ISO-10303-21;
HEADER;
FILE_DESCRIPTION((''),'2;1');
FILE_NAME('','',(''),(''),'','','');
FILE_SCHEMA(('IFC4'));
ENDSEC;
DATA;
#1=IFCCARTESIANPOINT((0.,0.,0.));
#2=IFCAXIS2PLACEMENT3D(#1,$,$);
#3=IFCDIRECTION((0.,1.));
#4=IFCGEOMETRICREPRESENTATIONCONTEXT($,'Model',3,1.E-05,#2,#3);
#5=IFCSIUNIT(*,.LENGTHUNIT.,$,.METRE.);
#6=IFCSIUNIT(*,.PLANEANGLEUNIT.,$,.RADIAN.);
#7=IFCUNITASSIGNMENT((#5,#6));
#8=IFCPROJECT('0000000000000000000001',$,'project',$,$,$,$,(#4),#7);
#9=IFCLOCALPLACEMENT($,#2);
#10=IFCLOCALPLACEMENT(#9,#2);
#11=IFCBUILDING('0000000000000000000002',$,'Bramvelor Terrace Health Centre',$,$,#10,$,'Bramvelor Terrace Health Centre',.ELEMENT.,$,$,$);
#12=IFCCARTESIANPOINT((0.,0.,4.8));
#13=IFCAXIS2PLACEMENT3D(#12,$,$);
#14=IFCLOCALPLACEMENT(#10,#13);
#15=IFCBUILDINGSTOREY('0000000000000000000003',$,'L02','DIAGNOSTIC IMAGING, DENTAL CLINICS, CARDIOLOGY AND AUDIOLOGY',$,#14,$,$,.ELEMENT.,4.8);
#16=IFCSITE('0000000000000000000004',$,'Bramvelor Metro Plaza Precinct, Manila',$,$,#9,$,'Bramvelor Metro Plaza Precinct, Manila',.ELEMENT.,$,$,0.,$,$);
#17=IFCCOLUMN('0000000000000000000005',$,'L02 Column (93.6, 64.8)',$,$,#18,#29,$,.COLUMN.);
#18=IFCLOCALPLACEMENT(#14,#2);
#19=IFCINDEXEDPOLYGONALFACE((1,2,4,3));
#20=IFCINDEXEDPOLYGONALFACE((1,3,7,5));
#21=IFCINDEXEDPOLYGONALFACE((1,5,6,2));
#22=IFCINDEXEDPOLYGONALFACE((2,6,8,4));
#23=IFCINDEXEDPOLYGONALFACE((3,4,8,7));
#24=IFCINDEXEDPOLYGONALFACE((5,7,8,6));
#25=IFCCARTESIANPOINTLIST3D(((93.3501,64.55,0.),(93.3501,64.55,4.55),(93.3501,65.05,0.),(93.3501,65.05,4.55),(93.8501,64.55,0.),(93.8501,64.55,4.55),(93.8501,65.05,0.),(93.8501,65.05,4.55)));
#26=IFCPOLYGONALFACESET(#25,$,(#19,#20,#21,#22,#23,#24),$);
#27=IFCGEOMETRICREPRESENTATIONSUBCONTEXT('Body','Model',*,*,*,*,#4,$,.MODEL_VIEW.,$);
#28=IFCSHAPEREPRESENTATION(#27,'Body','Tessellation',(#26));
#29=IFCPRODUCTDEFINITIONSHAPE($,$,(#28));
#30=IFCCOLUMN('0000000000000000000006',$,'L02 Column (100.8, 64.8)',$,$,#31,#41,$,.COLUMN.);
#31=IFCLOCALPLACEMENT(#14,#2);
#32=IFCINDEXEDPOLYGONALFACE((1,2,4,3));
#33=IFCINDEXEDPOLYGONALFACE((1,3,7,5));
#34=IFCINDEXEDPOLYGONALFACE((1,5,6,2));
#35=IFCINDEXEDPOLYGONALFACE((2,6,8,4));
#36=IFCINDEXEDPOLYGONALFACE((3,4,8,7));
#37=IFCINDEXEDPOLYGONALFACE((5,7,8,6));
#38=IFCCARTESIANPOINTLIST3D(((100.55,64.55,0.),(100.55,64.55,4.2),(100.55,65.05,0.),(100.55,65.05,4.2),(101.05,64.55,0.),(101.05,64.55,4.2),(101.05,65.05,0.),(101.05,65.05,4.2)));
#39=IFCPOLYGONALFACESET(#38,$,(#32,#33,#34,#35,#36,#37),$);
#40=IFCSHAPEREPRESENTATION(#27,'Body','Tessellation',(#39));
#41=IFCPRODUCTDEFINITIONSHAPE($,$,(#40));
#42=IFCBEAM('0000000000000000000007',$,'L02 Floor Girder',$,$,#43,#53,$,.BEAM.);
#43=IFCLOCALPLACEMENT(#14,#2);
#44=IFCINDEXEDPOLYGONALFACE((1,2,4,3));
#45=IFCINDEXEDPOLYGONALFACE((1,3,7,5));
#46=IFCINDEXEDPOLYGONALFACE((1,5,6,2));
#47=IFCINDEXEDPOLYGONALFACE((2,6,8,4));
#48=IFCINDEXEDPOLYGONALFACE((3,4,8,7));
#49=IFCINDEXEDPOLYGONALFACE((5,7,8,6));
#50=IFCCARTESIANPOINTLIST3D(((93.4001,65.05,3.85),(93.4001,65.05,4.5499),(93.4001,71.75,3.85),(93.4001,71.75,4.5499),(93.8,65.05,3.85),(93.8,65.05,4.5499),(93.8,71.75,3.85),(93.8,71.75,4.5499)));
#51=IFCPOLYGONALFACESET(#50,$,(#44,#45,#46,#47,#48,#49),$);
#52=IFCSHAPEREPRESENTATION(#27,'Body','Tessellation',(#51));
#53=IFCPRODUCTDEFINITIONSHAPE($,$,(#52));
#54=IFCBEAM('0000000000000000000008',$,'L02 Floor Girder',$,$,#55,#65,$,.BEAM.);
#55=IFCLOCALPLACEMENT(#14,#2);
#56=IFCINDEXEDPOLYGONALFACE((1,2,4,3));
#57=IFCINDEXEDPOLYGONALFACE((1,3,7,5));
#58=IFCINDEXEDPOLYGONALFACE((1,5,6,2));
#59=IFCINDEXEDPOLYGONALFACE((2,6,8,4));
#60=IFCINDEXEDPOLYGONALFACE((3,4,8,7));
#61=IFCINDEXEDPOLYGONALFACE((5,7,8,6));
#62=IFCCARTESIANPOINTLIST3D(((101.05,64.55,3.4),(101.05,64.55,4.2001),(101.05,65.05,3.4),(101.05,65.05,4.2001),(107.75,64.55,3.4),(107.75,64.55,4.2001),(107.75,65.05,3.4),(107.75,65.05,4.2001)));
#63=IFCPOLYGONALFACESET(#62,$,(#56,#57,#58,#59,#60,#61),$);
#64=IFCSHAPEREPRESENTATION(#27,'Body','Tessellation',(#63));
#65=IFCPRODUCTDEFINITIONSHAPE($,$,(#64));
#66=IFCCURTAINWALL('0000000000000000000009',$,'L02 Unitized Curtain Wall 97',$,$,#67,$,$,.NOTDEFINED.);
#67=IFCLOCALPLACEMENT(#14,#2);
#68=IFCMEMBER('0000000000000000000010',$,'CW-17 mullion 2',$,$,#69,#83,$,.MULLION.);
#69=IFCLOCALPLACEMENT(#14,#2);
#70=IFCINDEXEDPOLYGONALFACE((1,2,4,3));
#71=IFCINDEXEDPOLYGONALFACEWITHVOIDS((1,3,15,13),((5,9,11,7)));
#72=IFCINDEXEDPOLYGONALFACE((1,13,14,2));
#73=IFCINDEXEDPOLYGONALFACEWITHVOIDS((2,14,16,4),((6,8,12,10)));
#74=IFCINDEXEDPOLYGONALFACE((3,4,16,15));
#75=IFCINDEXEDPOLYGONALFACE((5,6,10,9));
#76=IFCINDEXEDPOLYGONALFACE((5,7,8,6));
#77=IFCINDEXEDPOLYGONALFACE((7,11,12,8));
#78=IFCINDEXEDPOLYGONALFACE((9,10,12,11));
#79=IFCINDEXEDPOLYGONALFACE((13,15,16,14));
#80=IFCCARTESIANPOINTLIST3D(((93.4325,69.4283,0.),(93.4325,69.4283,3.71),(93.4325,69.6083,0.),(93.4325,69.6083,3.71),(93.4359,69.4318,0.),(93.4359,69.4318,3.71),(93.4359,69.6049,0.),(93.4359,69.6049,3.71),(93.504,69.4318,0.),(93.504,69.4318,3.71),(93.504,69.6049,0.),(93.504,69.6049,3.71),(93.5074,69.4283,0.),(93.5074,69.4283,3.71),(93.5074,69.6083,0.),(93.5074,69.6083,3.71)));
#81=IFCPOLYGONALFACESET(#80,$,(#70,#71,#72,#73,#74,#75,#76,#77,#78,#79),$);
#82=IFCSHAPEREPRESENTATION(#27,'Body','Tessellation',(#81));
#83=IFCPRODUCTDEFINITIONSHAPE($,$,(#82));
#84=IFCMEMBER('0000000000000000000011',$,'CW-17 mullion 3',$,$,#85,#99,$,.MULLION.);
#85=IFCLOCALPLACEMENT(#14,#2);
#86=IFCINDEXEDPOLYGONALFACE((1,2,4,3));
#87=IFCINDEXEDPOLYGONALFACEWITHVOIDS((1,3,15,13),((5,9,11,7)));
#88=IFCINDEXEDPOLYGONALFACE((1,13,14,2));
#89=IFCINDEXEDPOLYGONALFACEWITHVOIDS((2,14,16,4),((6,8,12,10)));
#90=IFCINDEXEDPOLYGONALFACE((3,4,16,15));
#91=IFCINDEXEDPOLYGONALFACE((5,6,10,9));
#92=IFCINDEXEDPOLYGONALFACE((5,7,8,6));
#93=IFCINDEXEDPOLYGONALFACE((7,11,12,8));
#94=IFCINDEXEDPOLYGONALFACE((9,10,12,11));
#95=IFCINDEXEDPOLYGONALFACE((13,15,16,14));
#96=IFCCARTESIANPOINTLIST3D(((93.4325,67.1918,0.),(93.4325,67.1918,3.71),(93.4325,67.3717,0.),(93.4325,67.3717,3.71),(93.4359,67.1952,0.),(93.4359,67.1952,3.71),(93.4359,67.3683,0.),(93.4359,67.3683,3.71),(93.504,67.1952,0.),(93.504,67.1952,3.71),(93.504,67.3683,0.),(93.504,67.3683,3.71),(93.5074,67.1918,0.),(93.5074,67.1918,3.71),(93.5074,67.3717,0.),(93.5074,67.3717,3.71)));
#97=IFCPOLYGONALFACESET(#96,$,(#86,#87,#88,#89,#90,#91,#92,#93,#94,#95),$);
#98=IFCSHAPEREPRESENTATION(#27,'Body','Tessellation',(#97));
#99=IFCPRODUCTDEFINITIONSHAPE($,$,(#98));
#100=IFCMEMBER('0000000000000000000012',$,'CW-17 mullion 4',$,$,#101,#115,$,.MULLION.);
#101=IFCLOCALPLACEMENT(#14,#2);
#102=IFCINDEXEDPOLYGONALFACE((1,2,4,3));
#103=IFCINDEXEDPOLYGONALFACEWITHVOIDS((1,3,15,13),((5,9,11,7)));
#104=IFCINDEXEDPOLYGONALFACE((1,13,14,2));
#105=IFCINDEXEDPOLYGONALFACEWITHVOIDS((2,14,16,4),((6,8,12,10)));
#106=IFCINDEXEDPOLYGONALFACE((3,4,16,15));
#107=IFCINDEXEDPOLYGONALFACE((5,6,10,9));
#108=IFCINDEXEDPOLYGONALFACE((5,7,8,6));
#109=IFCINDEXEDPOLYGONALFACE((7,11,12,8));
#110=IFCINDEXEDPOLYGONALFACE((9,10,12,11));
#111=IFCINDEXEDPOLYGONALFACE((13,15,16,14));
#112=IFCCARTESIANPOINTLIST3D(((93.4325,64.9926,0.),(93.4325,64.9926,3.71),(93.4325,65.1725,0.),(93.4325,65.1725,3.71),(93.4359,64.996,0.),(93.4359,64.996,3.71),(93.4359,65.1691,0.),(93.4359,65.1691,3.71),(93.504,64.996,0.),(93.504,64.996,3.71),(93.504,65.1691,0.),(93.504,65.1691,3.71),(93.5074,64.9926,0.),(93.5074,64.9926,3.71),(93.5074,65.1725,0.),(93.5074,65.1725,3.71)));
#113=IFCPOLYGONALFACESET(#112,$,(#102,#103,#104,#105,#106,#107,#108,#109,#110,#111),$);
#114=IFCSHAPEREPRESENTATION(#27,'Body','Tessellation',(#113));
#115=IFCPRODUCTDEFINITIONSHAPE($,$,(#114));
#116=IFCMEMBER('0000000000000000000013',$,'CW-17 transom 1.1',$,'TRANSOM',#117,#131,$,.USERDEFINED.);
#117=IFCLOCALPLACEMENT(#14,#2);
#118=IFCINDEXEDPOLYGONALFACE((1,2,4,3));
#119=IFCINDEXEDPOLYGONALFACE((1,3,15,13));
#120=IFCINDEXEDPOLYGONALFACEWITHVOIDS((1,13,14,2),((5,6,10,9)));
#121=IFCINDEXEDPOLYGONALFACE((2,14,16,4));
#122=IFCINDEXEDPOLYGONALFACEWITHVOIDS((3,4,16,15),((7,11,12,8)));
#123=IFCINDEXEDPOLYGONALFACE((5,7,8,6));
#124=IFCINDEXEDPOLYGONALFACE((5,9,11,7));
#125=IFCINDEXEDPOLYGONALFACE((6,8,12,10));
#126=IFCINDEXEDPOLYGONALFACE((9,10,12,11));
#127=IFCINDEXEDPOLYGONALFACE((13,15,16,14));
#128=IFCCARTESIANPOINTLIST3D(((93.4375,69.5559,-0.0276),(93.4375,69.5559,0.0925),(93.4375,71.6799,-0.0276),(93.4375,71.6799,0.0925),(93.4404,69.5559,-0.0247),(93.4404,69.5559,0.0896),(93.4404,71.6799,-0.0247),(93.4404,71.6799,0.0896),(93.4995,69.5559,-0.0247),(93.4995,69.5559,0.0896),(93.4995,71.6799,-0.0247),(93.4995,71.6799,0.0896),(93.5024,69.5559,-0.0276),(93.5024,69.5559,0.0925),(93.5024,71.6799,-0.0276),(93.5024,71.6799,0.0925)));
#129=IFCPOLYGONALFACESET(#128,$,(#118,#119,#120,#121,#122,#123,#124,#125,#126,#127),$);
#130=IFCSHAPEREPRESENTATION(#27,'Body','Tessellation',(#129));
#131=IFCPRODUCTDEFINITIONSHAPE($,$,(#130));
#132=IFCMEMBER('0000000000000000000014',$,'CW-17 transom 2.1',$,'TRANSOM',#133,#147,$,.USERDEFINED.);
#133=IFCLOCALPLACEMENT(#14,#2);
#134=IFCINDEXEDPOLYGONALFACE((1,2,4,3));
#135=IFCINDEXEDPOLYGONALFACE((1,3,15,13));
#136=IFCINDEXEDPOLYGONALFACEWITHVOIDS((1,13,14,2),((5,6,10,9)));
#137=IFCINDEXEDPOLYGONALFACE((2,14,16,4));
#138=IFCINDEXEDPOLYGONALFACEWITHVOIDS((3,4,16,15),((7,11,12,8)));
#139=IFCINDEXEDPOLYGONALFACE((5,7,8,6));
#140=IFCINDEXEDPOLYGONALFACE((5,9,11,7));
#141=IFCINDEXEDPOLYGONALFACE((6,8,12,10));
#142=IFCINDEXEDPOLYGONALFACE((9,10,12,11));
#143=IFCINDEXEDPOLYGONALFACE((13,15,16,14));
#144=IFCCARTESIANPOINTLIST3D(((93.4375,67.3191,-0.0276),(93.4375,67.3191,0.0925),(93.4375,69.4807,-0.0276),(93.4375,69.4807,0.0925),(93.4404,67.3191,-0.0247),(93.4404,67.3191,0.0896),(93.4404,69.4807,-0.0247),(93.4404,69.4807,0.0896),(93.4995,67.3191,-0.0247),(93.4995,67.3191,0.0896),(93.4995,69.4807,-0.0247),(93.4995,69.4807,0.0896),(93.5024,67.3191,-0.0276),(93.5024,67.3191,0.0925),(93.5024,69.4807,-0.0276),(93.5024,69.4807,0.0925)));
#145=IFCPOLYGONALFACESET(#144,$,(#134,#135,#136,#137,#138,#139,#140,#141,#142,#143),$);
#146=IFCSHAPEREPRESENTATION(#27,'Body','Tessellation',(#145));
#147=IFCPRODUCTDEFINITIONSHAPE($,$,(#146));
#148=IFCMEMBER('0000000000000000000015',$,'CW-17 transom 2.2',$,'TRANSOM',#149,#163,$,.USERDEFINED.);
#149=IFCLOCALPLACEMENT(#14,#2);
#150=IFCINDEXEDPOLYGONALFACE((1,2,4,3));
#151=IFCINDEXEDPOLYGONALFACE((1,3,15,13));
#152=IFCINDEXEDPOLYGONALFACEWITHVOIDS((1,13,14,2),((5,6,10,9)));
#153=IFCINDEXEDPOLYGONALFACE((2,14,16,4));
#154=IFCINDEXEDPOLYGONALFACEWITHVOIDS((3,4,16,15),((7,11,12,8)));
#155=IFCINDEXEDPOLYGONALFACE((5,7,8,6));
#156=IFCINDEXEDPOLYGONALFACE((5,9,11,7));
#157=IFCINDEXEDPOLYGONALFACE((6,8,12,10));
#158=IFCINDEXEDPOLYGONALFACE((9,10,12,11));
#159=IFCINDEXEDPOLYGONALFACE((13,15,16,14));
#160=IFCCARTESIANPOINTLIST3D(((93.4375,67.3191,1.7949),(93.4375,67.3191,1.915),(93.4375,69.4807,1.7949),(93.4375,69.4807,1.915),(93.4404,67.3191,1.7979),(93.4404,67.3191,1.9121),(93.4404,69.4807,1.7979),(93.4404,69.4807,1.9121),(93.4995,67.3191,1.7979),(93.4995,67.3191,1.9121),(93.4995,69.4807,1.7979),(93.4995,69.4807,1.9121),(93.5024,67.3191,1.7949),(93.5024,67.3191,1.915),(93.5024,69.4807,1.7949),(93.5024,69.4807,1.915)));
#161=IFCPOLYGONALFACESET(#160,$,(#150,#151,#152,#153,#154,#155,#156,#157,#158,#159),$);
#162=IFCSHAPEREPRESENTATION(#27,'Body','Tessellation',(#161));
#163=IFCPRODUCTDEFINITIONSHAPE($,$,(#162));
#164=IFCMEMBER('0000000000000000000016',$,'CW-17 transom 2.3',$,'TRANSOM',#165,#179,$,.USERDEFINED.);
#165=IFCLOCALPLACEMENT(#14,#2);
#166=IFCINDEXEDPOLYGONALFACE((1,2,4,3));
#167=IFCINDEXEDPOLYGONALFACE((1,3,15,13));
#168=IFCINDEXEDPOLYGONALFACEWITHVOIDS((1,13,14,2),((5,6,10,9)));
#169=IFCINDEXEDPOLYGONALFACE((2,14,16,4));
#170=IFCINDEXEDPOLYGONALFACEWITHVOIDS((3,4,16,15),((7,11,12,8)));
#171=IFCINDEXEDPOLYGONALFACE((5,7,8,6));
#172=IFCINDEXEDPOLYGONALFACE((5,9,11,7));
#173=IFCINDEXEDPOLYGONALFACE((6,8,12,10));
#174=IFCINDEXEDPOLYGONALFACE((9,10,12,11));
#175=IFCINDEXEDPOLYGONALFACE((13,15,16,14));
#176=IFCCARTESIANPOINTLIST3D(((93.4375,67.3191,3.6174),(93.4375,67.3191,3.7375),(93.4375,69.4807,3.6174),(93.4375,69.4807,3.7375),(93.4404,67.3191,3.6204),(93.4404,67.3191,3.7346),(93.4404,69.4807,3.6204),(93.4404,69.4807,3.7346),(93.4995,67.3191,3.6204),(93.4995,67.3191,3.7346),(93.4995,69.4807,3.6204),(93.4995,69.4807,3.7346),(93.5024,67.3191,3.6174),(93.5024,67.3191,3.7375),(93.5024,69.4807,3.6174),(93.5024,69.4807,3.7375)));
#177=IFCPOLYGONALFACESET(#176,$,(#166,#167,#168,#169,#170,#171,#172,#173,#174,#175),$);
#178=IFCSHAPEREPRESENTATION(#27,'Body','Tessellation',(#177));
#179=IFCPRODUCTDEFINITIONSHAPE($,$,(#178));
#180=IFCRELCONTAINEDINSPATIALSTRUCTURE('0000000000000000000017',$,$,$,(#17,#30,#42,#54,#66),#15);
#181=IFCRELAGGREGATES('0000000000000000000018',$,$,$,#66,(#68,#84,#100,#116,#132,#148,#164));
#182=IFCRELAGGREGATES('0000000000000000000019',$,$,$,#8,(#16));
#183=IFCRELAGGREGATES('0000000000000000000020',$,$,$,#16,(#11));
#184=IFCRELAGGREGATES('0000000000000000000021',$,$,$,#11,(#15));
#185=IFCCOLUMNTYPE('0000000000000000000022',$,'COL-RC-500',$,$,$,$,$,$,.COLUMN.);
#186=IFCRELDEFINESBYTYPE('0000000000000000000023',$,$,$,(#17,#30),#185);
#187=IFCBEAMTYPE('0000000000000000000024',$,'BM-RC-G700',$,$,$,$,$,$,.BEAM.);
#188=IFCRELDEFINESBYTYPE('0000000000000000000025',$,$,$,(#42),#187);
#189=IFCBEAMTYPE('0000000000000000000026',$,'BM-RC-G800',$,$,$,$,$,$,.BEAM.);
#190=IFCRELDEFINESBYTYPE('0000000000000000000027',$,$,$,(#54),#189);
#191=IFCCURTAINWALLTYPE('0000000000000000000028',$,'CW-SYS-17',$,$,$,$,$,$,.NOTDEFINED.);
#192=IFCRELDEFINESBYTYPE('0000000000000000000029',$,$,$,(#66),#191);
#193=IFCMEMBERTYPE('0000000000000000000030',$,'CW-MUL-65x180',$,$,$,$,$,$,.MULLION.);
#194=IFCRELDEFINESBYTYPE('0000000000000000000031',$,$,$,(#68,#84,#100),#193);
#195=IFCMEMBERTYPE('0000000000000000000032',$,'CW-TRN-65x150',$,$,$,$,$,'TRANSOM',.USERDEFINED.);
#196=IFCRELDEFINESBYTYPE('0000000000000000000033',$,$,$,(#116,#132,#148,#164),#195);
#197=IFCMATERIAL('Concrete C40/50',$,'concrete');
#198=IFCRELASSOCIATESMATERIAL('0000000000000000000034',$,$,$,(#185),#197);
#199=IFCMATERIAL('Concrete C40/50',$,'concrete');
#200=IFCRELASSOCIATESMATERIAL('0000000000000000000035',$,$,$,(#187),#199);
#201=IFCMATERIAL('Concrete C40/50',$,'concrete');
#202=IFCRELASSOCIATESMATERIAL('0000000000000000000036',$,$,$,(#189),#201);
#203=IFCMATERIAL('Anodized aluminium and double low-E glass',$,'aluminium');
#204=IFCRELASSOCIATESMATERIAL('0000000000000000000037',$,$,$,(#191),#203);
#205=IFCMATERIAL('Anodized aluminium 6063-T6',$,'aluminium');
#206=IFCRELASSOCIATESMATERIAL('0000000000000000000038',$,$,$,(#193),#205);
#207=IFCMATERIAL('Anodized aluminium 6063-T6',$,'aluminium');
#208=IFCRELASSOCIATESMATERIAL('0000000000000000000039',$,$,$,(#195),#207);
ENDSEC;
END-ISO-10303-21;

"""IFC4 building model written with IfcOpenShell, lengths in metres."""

from ifc_helpers import new_model, si_unit, direction, frame, origin, origin_2d, place, context, subcontext, project, spatial, rectangle, hollow_rectangle, extrude, material, material_profile, profile_set, type_object, element, aggregate, save


model = new_model("IFC4")

# Units and contexts
model_context = context("Model", 3, precision=1e-05, world=origin(), true_north=direction((0.0, 1.0)))
body_context = subcontext(model_context, "Body", "Model", "MODEL_VIEW")
ifc_project = project(units=[si_unit("LENGTHUNIT", "METRE"), si_unit("PLANEANGLEUNIT", "RADIAN")], contexts=[model_context])

# Site, building, storey
site_placement = place(None, origin())
site = spatial("IfcSite", under=ifc_project, at=site_placement, Name="Bramvelor Metro Plaza Precinct, Manila", LongName="Bramvelor Metro Plaza Precinct, Manila", CompositionType="ELEMENT", RefElevation=0.0)
building_placement = place(site_placement, origin())
building = spatial("IfcBuilding", under=site, at=building_placement, Name="Bramvelor Terrace Health Centre", LongName="Bramvelor Terrace Health Centre", CompositionType="ELEMENT")
storey_placement = place(building_placement, frame((0.0, 0.0, 4.8)))
storey = spatial("IfcBuildingStorey", under=building, at=storey_placement, Name="L02", Description="DIAGNOSTIC IMAGING, DENTAL CLINICS, CARDIOLOGY AND AUDIOLOGY", CompositionType="ELEMENT", Elevation=4.8)

# Columns
ifc_material_1 = material(Name="Concrete C40/50", Category="concrete")
ifc_material_profile_1 = material_profile(ifc_material_1, rectangle(XDim=0.5, YDim=0.5, at=origin_2d()), Name="RC 500x500")
ifc_profile_set_1 = profile_set([ifc_material_profile_1], Name="Concrete C40/50")
column_type = type_object("IfcColumnType", Name="COL-RC-500", PredefinedType="COLUMN", material=ifc_profile_set_1)
column_1_placement = place(storey_placement, frame((93.6001, 64.8, 0.0), z_axis=(0.0, 0.0, 1.0), x_axis=(1.0, 0.0, 0.0)))
element("IfcColumn", 1, at=column_1_placement, inside=storey, type_object=column_type, Name="L02 Column (93.6, 64.8)", PredefinedType="COLUMN", context=body_context, shape_type="SweptSolid", body=[
    extrude(rectangle(XDim=0.5, YDim=0.5, at=origin_2d()), origin(), (0.0, 0.0, 1.0), 4.55),
])
column_2_placement = place(storey_placement, frame((100.8, 64.8, 0.0), z_axis=(0.0, 0.0, 1.0), x_axis=(1.0, 0.0, 0.0)))
element("IfcColumn", 2, at=column_2_placement, inside=storey, type_object=column_type, Name="L02 Column (100.8, 64.8)", PredefinedType="COLUMN", context=body_context, shape_type="SweptSolid", body=[
    extrude(rectangle(XDim=0.5, YDim=0.5, at=origin_2d()), origin(), (0.0, 0.0, 1.0), 4.2),
])

# Beams
ifc_material_2 = material(Name="Concrete C40/50", Category="concrete")
ifc_material_profile_2 = material_profile(ifc_material_2, rectangle(XDim=0.3999, YDim=0.7, at=origin_2d()), Name="RC 400x700")
ifc_profile_set_2 = profile_set([ifc_material_profile_2], Name="Concrete C40/50")
beam_type_1 = type_object("IfcBeamType", Name="BM-RC-G700", PredefinedType="BEAM", material=ifc_profile_set_2)
beam_1_placement = place(storey_placement, frame((93.6001, 65.05, 4.2), z_axis=(0.0, 1.0, 0.0), x_axis=(-1.0, 0.0, 0.0)))
element("IfcBeam", 3, at=beam_1_placement, inside=storey, type_object=beam_type_1, Name="L02 Floor Girder", PredefinedType="BEAM", context=body_context, shape_type="SweptSolid", body=[
    extrude(rectangle(XDim=0.3999, YDim=0.7, at=origin_2d()), origin(), (0.0, 0.0, 1.0), 6.7),
])
ifc_material_3 = material(Name="Concrete C40/50", Category="concrete")
ifc_material_profile_3 = material_profile(ifc_material_3, rectangle(XDim=0.5, YDim=0.8, at=origin_2d()), Name="RC 500x800")
ifc_profile_set_3 = profile_set([ifc_material_profile_3], Name="Concrete C40/50")
beam_type_2 = type_object("IfcBeamType", Name="BM-RC-G800", PredefinedType="BEAM", material=ifc_profile_set_3)
beam_2_placement = place(storey_placement, frame((101.05, 64.8, 3.8), z_axis=(1.0, 0.0, 0.0), x_axis=(0.0, 1.0, 0.0)))
element("IfcBeam", 4, at=beam_2_placement, inside=storey, type_object=beam_type_2, Name="L02 Floor Girder", PredefinedType="BEAM", context=body_context, shape_type="SweptSolid", body=[
    extrude(rectangle(XDim=0.5, YDim=0.8, at=origin_2d()), origin(), (0.0, 0.0, 1.0), 6.7),
])

# Curtain wall, members
ifc_material_4 = material(Name="Anodized aluminium and double low-E glass", Category="aluminium")
curtain_wall_type = type_object("IfcCurtainWallType", Name="CW-SYS-17", PredefinedType="NOTDEFINED", material=ifc_material_4)
curtain_wall_placement = place(storey_placement, origin())
curtain_wall = element("IfcCurtainWall", 5, at=curtain_wall_placement, inside=storey, type_object=curtain_wall_type, Name="L02 Unitized Curtain Wall 97", PredefinedType="NOTDEFINED")
ifc_material_5 = material(Name="Anodized aluminium 6063-T6", Category="aluminium")
ifc_material_profile_4 = material_profile(ifc_material_5, hollow_rectangle(XDim=0.075, YDim=0.1799, WallThickness=0.0034, at=origin_2d()), Name="ALU-MUL 75x180x3.5")
ifc_profile_set_4 = profile_set([ifc_material_profile_4], Name="Anodized aluminium 6063-T6")
member_type_1 = type_object("IfcMemberType", Name="CW-MUL-65x180", PredefinedType="MULLION", material=ifc_profile_set_4)
member_1_placement = place(storey_placement, frame((93.47, 69.5183, 0.0), z_axis=(0.0, 0.0, 1.0), x_axis=(1.0, 0.0, 0.0)))
member_1 = element("IfcMember", 6, at=member_1_placement, type_object=member_type_1, Name="CW-17 mullion 2", PredefinedType="MULLION", context=body_context, shape_type="SweptSolid", body=[
    extrude(hollow_rectangle(XDim=0.075, YDim=0.1799, WallThickness=0.0034, at=origin_2d()), origin(), (0.0, 0.0, 1.0), 3.71),
])
member_2_placement = place(storey_placement, frame((93.47, 67.2817, 0.0), z_axis=(0.0, 0.0, 1.0), x_axis=(1.0, 0.0, 0.0)))
member_2 = element("IfcMember", 7, at=member_2_placement, type_object=member_type_1, Name="CW-17 mullion 3", PredefinedType="MULLION", context=body_context, shape_type="SweptSolid", body=[
    extrude(hollow_rectangle(XDim=0.075, YDim=0.1799, WallThickness=0.0034, at=origin_2d()), origin(), (0.0, 0.0, 1.0), 3.71),
])
member_3_placement = place(storey_placement, frame((93.47, 65.0825, 0.0), z_axis=(0.0, 0.0, 1.0), x_axis=(1.0, 0.0, 0.0)))
member_3 = element("IfcMember", 8, at=member_3_placement, type_object=member_type_1, Name="CW-17 mullion 4", PredefinedType="MULLION", context=body_context, shape_type="SweptSolid", body=[
    extrude(hollow_rectangle(XDim=0.075, YDim=0.1799, WallThickness=0.0034, at=origin_2d()), origin(), (0.0, 0.0, 1.0), 3.71),
])
ifc_material_6 = material(Name="Anodized aluminium 6063-T6", Category="aluminium")
ifc_material_profile_5 = material_profile(ifc_material_6, hollow_rectangle(XDim=0.0649, YDim=0.1201, WallThickness=0.0029, at=origin_2d()), Name="ALU-TRN 65x120x3.0")
ifc_profile_set_5 = profile_set([ifc_material_profile_5], Name="Anodized aluminium 6063-T6")
member_type_2 = type_object("IfcMemberType", Name="CW-TRN-65x150", ElementType="TRANSOM", PredefinedType="USERDEFINED", material=ifc_profile_set_5)
member_4_placement = place(storey_placement, frame((93.47, 71.6799, 0.0325), z_axis=(0.0, -1.0, 0.0), x_axis=(1.0, 0.0, 0.0)))
member_4 = element("IfcMember", 9, at=member_4_placement, type_object=member_type_2, Name="CW-17 transom 1.1", ObjectType="TRANSOM", PredefinedType="USERDEFINED", context=body_context, shape_type="SweptSolid", body=[
    extrude(hollow_rectangle(XDim=0.0649, YDim=0.1201, WallThickness=0.0029, at=origin_2d()), origin(), (0.0, 0.0, 1.0), 2.124),
])
member_5_placement = place(storey_placement, frame((93.47, 69.4807, 0.0325), z_axis=(0.0, -1.0, 0.0), x_axis=(1.0, 0.0, 0.0)))
member_5 = element("IfcMember", 10, at=member_5_placement, type_object=member_type_2, Name="CW-17 transom 2.1", ObjectType="TRANSOM", PredefinedType="USERDEFINED", context=body_context, shape_type="SweptSolid", body=[
    extrude(hollow_rectangle(XDim=0.0649, YDim=0.1201, WallThickness=0.0029, at=origin_2d()), origin(), (0.0, 0.0, 1.0), 2.1616),
])
member_6_placement = place(storey_placement, frame((93.47, 69.4807, 1.855), z_axis=(0.0, -1.0, 0.0), x_axis=(1.0, 0.0, 0.0)))
member_6 = element("IfcMember", 11, at=member_6_placement, type_object=member_type_2, Name="CW-17 transom 2.2", ObjectType="TRANSOM", PredefinedType="USERDEFINED", context=body_context, shape_type="SweptSolid", body=[
    extrude(hollow_rectangle(XDim=0.0649, YDim=0.1201, WallThickness=0.0029, at=origin_2d()), origin(), (0.0, 0.0, 1.0), 2.1616),
])
member_7_placement = place(storey_placement, frame((93.47, 69.4807, 3.6775), z_axis=(0.0, -1.0, 0.0), x_axis=(1.0, 0.0, 0.0)))
member_7 = element("IfcMember", 12, at=member_7_placement, type_object=member_type_2, Name="CW-17 transom 2.3", ObjectType="TRANSOM", PredefinedType="USERDEFINED", context=body_context, shape_type="SweptSolid", body=[
    extrude(hollow_rectangle(XDim=0.0649, YDim=0.1201, WallThickness=0.0029, at=origin_2d()), origin(), (0.0, 0.0, 1.0), 2.1616),
])
aggregate(curtain_wall, [member_1, member_2, member_3, member_4, member_5, member_6, member_7])

save(model, "model.ifc")
